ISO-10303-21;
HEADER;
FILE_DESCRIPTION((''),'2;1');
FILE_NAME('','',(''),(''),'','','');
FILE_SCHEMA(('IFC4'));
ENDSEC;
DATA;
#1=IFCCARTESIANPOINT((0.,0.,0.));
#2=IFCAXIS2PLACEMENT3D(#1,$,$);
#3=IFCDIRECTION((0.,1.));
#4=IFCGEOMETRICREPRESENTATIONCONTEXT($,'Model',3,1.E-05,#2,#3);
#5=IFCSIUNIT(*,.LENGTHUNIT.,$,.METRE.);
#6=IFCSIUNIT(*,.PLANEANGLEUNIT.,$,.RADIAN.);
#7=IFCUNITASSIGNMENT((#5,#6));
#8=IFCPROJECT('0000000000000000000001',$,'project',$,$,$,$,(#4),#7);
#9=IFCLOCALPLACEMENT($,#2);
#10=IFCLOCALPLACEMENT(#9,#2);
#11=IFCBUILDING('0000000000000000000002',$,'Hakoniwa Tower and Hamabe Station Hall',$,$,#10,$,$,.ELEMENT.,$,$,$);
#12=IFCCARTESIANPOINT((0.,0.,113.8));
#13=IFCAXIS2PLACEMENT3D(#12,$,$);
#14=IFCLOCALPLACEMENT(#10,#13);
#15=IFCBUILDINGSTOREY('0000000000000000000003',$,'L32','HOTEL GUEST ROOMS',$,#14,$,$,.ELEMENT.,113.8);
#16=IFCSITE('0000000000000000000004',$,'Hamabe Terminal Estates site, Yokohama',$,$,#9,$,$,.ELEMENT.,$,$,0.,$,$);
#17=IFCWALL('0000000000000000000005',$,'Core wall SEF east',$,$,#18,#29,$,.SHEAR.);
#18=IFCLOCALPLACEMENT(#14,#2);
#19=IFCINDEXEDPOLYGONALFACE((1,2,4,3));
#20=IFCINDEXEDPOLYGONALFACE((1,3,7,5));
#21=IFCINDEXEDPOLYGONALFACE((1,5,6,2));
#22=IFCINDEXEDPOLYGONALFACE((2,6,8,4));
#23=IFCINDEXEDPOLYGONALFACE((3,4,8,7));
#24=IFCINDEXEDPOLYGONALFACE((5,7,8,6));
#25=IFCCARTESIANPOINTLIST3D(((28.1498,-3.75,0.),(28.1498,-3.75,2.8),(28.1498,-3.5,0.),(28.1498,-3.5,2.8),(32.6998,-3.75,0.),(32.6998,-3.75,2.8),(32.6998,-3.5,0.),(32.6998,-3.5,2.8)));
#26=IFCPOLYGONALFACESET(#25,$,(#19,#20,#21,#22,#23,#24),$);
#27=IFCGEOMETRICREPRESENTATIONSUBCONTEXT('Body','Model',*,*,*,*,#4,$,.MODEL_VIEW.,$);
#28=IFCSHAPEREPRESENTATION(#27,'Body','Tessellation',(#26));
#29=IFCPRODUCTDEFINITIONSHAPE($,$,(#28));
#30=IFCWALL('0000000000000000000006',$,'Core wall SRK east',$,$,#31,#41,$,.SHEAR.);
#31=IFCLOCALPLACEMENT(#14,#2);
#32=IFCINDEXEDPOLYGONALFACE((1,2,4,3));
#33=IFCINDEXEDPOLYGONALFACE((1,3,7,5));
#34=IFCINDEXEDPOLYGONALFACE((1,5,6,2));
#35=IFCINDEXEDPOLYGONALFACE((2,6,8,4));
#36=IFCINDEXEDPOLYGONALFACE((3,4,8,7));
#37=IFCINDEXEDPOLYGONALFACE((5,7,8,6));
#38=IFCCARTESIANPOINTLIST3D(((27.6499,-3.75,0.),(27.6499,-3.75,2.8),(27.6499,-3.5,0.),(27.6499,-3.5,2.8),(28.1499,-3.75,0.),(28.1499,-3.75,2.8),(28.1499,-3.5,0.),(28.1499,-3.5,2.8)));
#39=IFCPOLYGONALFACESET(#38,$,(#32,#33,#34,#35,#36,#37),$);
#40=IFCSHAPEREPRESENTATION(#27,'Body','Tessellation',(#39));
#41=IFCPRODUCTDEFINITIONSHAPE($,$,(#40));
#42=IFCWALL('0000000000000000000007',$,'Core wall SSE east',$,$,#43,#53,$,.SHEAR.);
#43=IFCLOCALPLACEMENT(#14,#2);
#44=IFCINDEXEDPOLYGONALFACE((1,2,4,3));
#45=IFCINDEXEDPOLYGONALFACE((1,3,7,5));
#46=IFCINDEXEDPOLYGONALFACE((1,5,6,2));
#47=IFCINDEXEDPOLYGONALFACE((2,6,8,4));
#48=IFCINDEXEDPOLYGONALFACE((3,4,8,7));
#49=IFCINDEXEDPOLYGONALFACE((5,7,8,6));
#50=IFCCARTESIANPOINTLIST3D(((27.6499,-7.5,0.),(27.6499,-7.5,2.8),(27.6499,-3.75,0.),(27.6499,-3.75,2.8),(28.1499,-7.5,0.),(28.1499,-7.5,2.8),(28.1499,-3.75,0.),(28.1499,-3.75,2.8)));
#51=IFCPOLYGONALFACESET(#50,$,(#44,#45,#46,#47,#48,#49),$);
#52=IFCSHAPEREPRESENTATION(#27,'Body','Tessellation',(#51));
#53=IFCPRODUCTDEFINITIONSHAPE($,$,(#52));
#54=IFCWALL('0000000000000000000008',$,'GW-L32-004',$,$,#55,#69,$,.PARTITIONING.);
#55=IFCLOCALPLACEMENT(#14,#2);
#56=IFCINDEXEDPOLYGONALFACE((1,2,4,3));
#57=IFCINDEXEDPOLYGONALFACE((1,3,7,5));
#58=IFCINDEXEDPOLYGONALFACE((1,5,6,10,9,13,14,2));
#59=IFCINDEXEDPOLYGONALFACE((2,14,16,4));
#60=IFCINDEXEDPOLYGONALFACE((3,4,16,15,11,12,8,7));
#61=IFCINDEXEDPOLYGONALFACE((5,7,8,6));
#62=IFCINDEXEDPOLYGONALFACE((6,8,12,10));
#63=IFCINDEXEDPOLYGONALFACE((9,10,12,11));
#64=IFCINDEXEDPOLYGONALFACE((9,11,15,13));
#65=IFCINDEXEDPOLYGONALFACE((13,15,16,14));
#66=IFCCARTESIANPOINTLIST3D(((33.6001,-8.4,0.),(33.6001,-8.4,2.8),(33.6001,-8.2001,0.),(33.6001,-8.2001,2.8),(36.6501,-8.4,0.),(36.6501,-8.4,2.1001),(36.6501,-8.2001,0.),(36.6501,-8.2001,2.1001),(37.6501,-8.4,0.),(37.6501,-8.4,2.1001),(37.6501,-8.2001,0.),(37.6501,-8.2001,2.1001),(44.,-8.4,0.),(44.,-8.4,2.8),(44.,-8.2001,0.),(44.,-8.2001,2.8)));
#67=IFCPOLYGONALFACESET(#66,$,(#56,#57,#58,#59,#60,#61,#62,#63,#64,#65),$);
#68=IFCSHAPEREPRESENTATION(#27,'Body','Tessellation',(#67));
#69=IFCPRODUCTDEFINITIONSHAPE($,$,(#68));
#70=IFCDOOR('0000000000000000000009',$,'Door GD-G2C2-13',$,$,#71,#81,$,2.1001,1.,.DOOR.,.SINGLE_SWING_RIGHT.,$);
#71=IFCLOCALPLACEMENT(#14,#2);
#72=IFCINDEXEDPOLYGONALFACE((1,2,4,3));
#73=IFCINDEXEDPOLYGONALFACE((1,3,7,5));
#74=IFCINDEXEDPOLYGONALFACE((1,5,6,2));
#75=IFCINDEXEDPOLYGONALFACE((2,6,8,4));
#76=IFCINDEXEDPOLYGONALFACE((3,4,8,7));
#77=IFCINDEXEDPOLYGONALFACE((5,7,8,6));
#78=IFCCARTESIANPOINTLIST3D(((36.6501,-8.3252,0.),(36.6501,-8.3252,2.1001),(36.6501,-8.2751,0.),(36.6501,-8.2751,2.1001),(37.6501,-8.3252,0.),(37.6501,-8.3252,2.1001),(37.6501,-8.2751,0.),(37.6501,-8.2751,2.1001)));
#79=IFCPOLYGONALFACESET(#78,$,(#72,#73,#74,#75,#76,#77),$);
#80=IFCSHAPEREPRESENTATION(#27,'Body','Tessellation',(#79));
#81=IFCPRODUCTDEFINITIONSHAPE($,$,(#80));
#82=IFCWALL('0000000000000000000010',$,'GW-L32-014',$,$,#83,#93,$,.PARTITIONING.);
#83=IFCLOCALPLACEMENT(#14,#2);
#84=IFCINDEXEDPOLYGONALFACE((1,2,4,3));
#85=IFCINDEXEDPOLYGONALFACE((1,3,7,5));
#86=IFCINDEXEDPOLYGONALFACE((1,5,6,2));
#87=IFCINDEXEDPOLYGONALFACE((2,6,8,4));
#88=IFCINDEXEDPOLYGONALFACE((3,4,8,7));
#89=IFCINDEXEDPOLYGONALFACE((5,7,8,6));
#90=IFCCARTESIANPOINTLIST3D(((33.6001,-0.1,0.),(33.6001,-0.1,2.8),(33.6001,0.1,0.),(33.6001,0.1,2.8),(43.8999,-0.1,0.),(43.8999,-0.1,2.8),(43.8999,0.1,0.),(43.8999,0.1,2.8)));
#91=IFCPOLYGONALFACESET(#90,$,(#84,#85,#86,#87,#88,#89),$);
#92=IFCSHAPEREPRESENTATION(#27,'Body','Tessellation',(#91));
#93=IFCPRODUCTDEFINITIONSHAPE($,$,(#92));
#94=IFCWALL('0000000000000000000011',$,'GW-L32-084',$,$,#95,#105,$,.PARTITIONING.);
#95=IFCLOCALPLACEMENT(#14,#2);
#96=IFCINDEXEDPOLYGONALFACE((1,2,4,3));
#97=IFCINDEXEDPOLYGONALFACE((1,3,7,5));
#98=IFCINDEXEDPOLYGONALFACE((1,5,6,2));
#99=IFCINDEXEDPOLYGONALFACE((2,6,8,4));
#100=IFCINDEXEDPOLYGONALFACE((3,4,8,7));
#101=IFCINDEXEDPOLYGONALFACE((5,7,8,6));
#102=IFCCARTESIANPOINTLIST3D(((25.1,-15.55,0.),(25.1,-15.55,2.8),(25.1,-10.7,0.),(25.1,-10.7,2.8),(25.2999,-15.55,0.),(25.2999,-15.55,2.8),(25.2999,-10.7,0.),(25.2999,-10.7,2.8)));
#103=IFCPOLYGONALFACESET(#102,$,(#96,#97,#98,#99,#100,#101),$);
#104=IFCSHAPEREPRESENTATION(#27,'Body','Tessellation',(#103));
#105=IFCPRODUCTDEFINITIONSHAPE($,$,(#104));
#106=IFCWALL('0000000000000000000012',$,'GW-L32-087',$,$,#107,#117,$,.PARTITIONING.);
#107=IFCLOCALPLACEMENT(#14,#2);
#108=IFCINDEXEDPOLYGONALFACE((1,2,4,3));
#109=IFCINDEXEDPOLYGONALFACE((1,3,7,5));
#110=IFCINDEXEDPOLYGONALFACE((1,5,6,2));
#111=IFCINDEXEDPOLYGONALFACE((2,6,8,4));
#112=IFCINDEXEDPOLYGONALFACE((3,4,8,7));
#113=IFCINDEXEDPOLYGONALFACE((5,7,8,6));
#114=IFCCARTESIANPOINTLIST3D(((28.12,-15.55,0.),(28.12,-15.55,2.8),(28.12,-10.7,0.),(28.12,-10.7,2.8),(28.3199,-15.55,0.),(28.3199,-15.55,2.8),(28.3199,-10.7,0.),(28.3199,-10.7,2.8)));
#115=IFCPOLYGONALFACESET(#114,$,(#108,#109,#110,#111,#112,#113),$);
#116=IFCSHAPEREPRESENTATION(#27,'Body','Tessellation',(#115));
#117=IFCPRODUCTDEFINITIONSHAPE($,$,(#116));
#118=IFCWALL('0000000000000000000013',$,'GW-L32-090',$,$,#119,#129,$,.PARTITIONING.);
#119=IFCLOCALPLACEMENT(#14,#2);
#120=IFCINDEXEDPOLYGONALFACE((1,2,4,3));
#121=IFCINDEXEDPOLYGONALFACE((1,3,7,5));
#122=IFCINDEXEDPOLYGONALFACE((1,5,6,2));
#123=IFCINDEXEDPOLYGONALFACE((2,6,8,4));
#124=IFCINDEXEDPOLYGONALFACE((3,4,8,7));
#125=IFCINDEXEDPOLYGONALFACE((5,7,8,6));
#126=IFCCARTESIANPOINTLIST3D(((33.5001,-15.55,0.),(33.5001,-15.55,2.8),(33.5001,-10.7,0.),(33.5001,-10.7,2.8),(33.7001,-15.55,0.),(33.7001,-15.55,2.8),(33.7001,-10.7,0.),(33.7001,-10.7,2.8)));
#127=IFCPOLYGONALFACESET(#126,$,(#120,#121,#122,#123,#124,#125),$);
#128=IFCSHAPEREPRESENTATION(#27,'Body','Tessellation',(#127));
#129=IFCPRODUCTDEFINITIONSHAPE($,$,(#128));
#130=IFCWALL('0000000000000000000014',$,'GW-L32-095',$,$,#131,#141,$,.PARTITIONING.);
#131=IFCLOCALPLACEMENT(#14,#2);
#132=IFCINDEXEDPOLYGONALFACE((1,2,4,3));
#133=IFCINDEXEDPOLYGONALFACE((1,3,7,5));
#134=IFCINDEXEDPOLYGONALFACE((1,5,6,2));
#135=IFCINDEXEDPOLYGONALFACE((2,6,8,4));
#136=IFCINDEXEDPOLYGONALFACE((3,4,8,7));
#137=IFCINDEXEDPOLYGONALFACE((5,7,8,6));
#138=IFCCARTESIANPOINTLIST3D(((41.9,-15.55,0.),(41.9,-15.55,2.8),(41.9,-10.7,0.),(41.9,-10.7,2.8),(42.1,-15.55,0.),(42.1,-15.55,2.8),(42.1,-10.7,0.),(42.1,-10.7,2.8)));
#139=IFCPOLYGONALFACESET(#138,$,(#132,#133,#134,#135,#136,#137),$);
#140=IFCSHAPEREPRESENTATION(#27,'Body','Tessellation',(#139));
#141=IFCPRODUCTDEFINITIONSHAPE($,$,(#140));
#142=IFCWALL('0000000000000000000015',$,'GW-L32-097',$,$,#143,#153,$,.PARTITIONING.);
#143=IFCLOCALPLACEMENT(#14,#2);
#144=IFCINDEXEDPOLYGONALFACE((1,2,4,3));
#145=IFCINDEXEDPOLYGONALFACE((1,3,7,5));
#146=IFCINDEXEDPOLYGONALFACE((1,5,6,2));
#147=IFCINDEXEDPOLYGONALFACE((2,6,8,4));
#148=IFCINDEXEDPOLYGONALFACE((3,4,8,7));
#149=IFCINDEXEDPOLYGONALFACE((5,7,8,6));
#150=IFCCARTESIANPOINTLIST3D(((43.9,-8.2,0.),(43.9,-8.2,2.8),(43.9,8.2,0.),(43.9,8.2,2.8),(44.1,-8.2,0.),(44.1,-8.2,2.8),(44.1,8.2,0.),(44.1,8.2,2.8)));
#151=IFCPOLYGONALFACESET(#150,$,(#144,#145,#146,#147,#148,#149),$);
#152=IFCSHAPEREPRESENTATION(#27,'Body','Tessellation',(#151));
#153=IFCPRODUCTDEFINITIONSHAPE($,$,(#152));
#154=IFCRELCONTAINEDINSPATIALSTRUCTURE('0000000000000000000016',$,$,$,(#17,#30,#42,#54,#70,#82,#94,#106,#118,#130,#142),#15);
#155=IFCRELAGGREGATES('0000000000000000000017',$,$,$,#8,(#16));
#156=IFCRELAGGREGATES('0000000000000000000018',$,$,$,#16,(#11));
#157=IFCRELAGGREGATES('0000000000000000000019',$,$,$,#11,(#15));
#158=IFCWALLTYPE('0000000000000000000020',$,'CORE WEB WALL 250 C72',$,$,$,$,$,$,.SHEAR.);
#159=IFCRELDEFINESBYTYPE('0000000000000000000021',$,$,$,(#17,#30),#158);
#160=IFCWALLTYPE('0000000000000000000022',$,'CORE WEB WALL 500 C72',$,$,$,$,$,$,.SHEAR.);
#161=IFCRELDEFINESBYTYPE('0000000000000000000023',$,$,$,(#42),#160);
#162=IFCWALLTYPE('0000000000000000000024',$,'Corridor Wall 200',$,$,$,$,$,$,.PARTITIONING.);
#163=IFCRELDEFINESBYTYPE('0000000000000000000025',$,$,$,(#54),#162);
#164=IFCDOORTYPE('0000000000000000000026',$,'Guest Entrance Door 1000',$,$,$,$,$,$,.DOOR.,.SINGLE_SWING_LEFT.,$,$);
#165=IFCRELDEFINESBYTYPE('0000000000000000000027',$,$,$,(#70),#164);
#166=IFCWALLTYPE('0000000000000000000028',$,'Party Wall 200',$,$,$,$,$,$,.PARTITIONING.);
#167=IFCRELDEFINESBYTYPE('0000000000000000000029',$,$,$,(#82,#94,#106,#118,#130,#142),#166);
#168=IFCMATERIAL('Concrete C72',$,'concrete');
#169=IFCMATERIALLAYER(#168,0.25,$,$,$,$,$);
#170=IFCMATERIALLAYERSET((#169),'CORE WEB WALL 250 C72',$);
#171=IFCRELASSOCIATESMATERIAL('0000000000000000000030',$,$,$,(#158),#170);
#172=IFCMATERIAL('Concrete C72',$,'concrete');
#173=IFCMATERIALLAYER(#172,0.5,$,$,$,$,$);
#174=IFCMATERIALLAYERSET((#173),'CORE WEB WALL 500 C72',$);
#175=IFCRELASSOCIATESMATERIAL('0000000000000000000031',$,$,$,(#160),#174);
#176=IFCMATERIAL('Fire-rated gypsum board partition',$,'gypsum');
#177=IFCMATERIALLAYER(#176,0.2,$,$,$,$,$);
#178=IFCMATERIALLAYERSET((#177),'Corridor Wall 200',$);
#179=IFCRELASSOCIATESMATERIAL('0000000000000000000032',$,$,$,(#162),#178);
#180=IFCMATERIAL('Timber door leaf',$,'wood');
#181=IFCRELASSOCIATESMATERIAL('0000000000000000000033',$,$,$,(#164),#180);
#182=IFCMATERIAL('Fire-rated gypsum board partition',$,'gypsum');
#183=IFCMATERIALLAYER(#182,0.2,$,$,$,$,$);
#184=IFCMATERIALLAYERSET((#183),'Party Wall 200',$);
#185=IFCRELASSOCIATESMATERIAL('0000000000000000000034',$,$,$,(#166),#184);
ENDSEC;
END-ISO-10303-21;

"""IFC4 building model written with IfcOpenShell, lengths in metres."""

from ifc_helpers import new_model, si_unit, direction, frame, frame_2d, origin, place, context, subcontext, project, spatial, rectangle, extrude, material, layer, layer_set, type_object, element, fill, save


model = new_model("IFC4")

# Units and contexts
model_context = context("Model", 3, precision=1e-05, world=origin(), true_north=direction((0.0, 1.0)))
body_context = subcontext(model_context, "Body", "Model", "MODEL_VIEW")
ifc_project = project(units=[si_unit("LENGTHUNIT", "METRE"), si_unit("PLANEANGLEUNIT", "RADIAN")], contexts=[model_context])

# Site, building, storey
site_placement = place(None, origin())
site = spatial("IfcSite", under=ifc_project, at=site_placement, Name="Hamabe Terminal Estates site, Yokohama", CompositionType="ELEMENT", RefElevation=0.0)
building_placement = place(site_placement, origin())
building = spatial("IfcBuilding", under=site, at=building_placement, Name="Hakoniwa Tower and Hamabe Station Hall", CompositionType="ELEMENT")
storey_placement = place(building_placement, frame((0.0, 0.0, 113.8)))
storey = spatial("IfcBuildingStorey", under=building, at=storey_placement, Name="L32", Description="HOTEL GUEST ROOMS", CompositionType="ELEMENT", Elevation=113.8)

# Shared definitions
ifc_material_1 = material(Name="Concrete C72", Category="concrete")
ifc_layer_1 = layer(ifc_material_1, 0.25)
ifc_layer_set_1 = layer_set([ifc_layer_1], Name="CORE WEB WALL 250 C72")
wall_type_1 = type_object("IfcWallType", Name="CORE WEB WALL 250 C72", PredefinedType="SHEAR", material=ifc_layer_set_1)

# Walls
wall_1_placement = place(storey_placement, frame((28.1499, -3.625, 0.0), z_axis=(0.0, 0.0, 1.0), x_axis=(1.0, 0.0, 0.0)))
element("IfcWall", 1, at=wall_1_placement, inside=storey, type_object=wall_type_1, Name="Core wall SEF east", PredefinedType="SHEAR", context=body_context, shape_type="SweptSolid", body=[
    extrude(rectangle(XDim=4.55, YDim=0.25, at=frame_2d((2.2749, 0.0))), origin(), (0.0, 0.0, 1.0), 2.8),
])
wall_2_placement = place(storey_placement, frame((27.6499, -3.625, 0.0), z_axis=(0.0, 0.0, 1.0), x_axis=(1.0, 0.0, 0.0)))
element("IfcWall", 2, at=wall_2_placement, inside=storey, type_object=wall_type_1, Name="Core wall SRK east", PredefinedType="SHEAR", context=body_context, shape_type="SweptSolid", body=[
    extrude(rectangle(XDim=0.5, YDim=0.25, at=frame_2d((0.25, 0.0))), origin(), (0.0, 0.0, 1.0), 2.8),
])
ifc_material_2 = material(Name="Concrete C72", Category="concrete")
ifc_layer_2 = layer(ifc_material_2, 0.5)
ifc_layer_set_2 = layer_set([ifc_layer_2], Name="CORE WEB WALL 500 C72")
wall_type_2 = type_object("IfcWallType", Name="CORE WEB WALL 500 C72", PredefinedType="SHEAR", material=ifc_layer_set_2)
wall_3_placement = place(storey_placement, frame((27.8999, -7.5, 0.0), z_axis=(0.0, 0.0, 1.0), x_axis=(0.0, 1.0, 0.0)))
element("IfcWall", 3, at=wall_3_placement, inside=storey, type_object=wall_type_2, Name="Core wall SSE east", PredefinedType="SHEAR", context=body_context, shape_type="SweptSolid", body=[
    extrude(rectangle(XDim=3.75, YDim=0.5, at=frame_2d((1.875, 0.0))), origin(), (0.0, 0.0, 1.0), 2.8),
])

# Wall, opening, door
ifc_material_3 = material(Name="Fire-rated gypsum board partition", Category="gypsum")
ifc_layer_3 = layer(ifc_material_3, 0.2)
ifc_layer_set_3 = layer_set([ifc_layer_3], Name="Corridor Wall 200")
wall_type_3 = type_object("IfcWallType", Name="Corridor Wall 200", PredefinedType="PARTITIONING", material=ifc_layer_set_3)
wall_4_placement = place(storey_placement, frame((33.6001, -8.3, 0.0), z_axis=(0.0, 0.0, 1.0), x_axis=(1.0, 0.0, 0.0)))
wall_4 = element("IfcWall", 4, at=wall_4_placement, inside=storey, type_object=wall_type_3, Name="GW-L32-004", PredefinedType="PARTITIONING", context=body_context, shape_type="SweptSolid", body=[
    extrude(rectangle(XDim=10.3999, YDim=0.2, at=frame_2d((5.2, 0.0))), origin(), (0.0, 0.0, 1.0), 2.8),
])
opening_1_placement = place(wall_4_placement, frame((3.05, 0.0, 0.0)))
opening_1 = element("IfcOpeningElement", 5, at=opening_1_placement, cuts=wall_4, PredefinedType="OPENING", context=body_context, shape_type="SweptSolid", body=[
    extrude(rectangle(XDim=1.0, YDim=2.1001, at=frame_2d((0.5, 1.05))), frame((0.0, 0.1099, 0.0), z_axis=(0.0, -1.0, 0.0), x_axis=(1.0, 0.0, 0.0)), (0.0, 0.0, 1.0), 0.22),
])
ifc_material_4 = material(Name="Timber door leaf", Category="wood")
door_type_1 = type_object("IfcDoorType", Name="Guest Entrance Door 1000", OperationType="SINGLE_SWING_LEFT", PredefinedType="DOOR", material=ifc_material_4)
door_1_placement = place(opening_1_placement, origin())
door_1 = element("IfcDoor", 6, at=door_1_placement, inside=storey, type_object=door_type_1, Name="Door GD-G2C2-13", OperationType="SINGLE_SWING_RIGHT", OverallHeight=2.1001, OverallWidth=1.0, PredefinedType="DOOR", context=body_context, shape_type="SweptSolid", body=[
    extrude(rectangle(XDim=1.0, YDim=2.1001, at=frame_2d((0.5, 1.05))), frame((0.0, 0.0249, 0.0), z_axis=(0.0, -1.0, 0.0), x_axis=(1.0, 0.0, 0.0)), (0.0, 0.0, 1.0), 0.05),
])
fill(opening_1, door_1)

# Walls
ifc_material_5 = material(Name="Fire-rated gypsum board partition", Category="gypsum")
ifc_layer_4 = layer(ifc_material_5, 0.2)
ifc_layer_set_4 = layer_set([ifc_layer_4], Name="Party Wall 200")
wall_type_4 = type_object("IfcWallType", Name="Party Wall 200", PredefinedType="PARTITIONING", material=ifc_layer_set_4)
wall_5_placement = place(storey_placement, frame((33.6001, 0.0, 0.0), z_axis=(0.0, 0.0, 1.0), x_axis=(1.0, 0.0, 0.0)))
element("IfcWall", 7, at=wall_5_placement, inside=storey, type_object=wall_type_4, Name="GW-L32-014", PredefinedType="PARTITIONING", context=body_context, shape_type="SweptSolid", body=[
    extrude(rectangle(XDim=10.2998, YDim=0.2, at=frame_2d((5.1499, 0.0))), origin(), (0.0, 0.0, 1.0), 2.8),
])
for number, where, z_axis, x_axis, name in (
    (8, (25.2, -15.55, 0.0), (0.0, 0.0, 1.0), (0.0, 1.0, 0.0), "GW-L32-084"),
    (9, (28.22, -15.55, 0.0), (0.0, 0.0, 1.0), (0.0, 1.0, 0.0), "GW-L32-087"),
    (10, (33.6001, -15.55, 0.0), (0.0, 0.0, 1.0), (0.0, 1.0, 0.0), "GW-L32-090"),
    (11, (42.0, -15.55, 0.0), (0.0, 0.0, 1.0), (0.0, 1.0, 0.0), "GW-L32-095"),
):
    element("IfcWall", number, at=place(storey_placement, frame(where, z_axis=z_axis, x_axis=x_axis)), inside=storey, type_object=wall_type_4, Name=name, PredefinedType="PARTITIONING", context=body_context, shape_type="SweptSolid", body=[
        extrude(rectangle(XDim=4.8501, YDim=0.2, at=frame_2d((2.425, 0.0))), origin(), (0.0, 0.0, 1.0), 2.8),
    ])
wall_6_placement = place(storey_placement, frame((44.0, -8.2, 0.0), z_axis=(0.0, 0.0, 1.0), x_axis=(0.0, 1.0, 0.0)))
element("IfcWall", 12, at=wall_6_placement, inside=storey, type_object=wall_type_4, Name="GW-L32-097", PredefinedType="PARTITIONING", context=body_context, shape_type="SweptSolid", body=[
    extrude(rectangle(XDim=16.3999, YDim=0.2, at=frame_2d((8.2, 0.0))), origin(), (0.0, 0.0, 1.0), 2.8),
])

save(model, "model.ifc")
